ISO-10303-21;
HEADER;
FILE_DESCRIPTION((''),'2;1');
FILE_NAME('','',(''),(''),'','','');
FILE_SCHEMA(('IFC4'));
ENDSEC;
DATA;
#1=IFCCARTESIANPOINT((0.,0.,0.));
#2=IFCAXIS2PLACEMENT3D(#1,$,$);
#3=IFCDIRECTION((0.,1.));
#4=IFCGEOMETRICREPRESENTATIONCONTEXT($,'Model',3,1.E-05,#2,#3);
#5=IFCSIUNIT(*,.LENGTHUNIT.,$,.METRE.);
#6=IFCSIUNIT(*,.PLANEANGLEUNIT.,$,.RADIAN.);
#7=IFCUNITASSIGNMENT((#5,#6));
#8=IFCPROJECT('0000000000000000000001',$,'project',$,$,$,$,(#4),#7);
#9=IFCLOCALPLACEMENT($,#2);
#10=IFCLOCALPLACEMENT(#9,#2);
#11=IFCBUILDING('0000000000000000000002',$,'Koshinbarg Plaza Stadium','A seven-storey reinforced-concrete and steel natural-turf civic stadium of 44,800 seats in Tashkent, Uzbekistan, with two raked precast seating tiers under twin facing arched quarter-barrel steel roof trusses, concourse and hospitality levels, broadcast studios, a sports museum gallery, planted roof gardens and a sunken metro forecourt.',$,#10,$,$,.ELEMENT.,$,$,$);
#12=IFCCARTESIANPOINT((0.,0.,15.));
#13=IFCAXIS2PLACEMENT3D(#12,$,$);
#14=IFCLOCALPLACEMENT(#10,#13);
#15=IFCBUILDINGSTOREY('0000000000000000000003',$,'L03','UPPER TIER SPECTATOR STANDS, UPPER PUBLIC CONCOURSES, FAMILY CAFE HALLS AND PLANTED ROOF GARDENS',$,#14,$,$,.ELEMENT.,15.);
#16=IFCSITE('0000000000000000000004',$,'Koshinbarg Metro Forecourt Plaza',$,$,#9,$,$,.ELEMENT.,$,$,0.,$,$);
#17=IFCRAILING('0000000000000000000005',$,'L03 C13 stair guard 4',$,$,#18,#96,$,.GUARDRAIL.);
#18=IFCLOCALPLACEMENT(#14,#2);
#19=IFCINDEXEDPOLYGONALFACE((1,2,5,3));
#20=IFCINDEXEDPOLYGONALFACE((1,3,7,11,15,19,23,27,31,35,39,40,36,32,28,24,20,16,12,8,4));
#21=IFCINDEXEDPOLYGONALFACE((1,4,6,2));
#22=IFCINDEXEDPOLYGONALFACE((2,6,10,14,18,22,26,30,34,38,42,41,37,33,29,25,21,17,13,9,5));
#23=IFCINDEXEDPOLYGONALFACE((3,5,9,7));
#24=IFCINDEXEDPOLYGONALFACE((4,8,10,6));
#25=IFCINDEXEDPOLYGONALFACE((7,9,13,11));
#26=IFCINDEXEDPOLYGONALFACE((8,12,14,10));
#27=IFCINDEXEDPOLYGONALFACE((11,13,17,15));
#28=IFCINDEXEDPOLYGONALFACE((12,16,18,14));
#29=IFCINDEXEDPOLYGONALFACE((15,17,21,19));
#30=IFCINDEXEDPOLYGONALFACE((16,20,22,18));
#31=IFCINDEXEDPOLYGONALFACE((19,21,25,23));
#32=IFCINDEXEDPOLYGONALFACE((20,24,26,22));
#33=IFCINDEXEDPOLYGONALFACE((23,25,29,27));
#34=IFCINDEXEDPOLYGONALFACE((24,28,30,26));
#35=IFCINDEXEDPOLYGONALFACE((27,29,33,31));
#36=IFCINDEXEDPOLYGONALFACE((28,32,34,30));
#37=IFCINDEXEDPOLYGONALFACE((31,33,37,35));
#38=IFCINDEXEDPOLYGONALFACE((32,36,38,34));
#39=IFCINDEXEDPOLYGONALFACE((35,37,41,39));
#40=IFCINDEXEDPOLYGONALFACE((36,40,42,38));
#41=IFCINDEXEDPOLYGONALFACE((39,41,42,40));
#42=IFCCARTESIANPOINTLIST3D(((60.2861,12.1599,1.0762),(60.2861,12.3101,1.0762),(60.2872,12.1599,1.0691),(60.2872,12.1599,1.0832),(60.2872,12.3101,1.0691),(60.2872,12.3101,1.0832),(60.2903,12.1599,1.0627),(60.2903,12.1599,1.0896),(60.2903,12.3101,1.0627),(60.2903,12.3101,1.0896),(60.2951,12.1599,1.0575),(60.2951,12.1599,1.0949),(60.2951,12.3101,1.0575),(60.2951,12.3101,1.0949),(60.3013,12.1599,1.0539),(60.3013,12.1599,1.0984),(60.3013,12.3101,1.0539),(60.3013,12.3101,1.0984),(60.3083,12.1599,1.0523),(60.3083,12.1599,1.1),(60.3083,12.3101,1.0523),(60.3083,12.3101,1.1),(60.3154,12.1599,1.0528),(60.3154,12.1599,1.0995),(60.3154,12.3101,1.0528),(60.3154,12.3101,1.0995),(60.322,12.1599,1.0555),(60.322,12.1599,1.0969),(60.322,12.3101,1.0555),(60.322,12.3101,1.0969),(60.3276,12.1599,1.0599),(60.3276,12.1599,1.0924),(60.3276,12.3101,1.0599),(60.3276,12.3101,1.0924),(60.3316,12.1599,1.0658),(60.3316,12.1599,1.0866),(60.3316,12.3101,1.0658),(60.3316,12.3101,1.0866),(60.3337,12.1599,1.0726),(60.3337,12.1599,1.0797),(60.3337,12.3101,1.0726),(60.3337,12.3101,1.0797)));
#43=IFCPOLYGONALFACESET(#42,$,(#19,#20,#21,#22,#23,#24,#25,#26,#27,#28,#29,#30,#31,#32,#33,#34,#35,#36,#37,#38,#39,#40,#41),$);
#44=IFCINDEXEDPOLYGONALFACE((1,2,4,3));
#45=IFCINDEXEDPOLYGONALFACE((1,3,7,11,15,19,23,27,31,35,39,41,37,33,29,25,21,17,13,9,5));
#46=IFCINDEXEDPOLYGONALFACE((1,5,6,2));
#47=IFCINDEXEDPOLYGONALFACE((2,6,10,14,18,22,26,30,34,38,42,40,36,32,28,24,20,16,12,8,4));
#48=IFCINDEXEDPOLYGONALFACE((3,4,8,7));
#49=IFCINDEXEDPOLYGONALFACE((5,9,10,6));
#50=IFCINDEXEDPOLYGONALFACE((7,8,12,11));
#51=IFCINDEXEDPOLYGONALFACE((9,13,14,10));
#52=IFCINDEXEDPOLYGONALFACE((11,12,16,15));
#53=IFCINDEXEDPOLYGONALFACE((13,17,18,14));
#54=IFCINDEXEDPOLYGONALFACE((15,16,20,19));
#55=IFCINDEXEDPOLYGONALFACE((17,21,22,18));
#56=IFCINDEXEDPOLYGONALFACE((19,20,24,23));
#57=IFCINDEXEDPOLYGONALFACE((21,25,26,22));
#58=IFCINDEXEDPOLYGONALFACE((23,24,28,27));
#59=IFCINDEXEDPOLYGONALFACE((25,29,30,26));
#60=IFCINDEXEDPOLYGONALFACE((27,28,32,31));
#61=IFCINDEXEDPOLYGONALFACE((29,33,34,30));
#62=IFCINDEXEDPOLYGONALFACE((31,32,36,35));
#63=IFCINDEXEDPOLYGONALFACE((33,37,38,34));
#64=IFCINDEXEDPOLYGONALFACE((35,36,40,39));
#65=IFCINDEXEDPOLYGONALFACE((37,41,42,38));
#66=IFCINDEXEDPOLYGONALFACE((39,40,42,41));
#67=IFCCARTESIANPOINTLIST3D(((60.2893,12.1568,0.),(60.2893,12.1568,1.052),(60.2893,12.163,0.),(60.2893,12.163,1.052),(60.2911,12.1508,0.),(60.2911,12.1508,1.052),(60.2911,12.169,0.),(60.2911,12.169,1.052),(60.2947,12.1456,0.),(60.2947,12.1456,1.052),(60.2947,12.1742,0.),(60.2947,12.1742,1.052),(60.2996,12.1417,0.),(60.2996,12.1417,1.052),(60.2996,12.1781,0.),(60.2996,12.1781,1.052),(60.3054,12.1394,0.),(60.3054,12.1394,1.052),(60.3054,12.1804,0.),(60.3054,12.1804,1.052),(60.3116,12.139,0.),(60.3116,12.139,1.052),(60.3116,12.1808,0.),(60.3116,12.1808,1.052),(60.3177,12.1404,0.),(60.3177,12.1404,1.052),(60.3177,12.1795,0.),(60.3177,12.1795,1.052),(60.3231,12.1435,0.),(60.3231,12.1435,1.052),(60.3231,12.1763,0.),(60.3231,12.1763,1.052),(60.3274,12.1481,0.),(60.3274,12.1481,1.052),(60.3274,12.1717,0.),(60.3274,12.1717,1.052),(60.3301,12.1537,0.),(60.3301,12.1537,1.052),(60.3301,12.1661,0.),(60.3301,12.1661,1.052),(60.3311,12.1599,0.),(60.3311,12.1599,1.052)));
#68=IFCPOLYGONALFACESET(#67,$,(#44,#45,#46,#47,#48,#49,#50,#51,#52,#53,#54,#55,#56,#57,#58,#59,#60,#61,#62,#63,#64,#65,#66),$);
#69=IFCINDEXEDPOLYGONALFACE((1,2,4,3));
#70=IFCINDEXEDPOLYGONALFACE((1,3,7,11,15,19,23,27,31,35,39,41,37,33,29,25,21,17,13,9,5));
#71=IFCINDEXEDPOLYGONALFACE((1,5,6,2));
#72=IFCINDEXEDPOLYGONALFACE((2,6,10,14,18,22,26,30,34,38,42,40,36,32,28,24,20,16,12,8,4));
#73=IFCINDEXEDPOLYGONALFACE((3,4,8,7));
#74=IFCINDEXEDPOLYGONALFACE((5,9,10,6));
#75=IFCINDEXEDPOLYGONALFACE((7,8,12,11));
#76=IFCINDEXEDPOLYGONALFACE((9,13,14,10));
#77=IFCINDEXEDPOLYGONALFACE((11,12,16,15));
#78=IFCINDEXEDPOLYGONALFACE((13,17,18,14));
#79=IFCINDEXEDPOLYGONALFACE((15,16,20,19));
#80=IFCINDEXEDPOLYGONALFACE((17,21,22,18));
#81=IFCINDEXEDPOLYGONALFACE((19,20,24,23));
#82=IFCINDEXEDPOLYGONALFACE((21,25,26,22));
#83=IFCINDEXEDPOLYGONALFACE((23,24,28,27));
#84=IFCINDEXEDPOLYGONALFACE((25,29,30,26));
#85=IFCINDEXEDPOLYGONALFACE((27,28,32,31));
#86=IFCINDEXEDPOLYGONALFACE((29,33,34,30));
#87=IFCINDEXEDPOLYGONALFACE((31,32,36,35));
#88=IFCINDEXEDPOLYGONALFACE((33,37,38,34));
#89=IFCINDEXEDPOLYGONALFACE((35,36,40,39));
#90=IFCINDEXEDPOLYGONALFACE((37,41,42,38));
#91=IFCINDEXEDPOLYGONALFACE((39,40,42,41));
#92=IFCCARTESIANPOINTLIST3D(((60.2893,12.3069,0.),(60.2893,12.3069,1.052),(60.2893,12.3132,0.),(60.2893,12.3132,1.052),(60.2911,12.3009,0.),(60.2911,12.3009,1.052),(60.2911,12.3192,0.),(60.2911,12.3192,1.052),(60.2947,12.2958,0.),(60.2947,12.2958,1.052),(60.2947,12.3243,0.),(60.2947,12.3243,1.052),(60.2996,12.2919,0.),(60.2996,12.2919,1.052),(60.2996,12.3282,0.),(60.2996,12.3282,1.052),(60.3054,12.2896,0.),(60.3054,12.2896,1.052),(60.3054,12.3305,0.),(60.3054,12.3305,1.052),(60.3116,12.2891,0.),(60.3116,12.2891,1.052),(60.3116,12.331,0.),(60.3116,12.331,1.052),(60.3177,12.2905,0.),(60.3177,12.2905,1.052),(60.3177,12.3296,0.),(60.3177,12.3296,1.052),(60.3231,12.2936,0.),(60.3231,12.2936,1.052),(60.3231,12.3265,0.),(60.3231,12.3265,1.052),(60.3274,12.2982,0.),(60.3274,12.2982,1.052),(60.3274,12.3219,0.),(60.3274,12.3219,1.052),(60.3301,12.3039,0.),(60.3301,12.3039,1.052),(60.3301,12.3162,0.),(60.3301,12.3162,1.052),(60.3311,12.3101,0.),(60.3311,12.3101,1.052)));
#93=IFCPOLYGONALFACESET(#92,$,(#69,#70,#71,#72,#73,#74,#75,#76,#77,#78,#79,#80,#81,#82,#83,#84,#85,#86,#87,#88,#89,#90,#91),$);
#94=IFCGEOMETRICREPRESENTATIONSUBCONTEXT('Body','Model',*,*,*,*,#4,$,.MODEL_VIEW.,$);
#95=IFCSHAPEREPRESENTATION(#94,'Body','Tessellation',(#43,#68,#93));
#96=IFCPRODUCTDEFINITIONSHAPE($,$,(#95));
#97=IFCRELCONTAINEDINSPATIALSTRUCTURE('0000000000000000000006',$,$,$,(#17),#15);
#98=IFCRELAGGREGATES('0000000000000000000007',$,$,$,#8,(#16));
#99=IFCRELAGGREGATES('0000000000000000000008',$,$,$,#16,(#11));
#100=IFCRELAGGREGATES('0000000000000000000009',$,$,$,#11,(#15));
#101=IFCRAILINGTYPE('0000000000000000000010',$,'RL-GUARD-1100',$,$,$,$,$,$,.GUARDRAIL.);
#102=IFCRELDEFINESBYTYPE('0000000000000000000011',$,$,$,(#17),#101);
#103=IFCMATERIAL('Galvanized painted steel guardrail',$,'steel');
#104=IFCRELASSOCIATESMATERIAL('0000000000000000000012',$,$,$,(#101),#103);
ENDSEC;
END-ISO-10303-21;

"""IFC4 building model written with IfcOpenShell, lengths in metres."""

from ifc_helpers import new_model, si_unit, direction, frame, origin, origin_2d, place, context, subcontext, project, spatial, circle, extrude, material, type_object, element, save


model = new_model("IFC4")

# Units and contexts
model_context = context("Model", 3, precision=1e-05, world=origin(), true_north=direction((0.0, 1.0)))
body_context = subcontext(model_context, "Body", "Model", "MODEL_VIEW")
ifc_project = project(units=[si_unit("LENGTHUNIT", "METRE"), si_unit("PLANEANGLEUNIT", "RADIAN")], contexts=[model_context])

# Site, building, storey
site_placement = place(None, origin())
site = spatial("IfcSite", under=ifc_project, at=site_placement, Name="Koshinbarg Metro Forecourt Plaza", CompositionType="ELEMENT", RefElevation=0.0)
building_placement = place(site_placement, origin())
building = spatial("IfcBuilding", under=site, at=building_placement, Name="Koshinbarg Plaza Stadium", Description="A seven-storey reinforced-concrete and steel natural-turf civic stadium of 44,800 seats in Tashkent, Uzbekistan, with two raked precast seating tiers under twin facing arched quarter-barrel steel roof trusses, concourse and hospitality levels, broadcast studios, a sports museum gallery, planted roof gardens and a sunken metro forecourt.", CompositionType="ELEMENT")
storey_placement = place(building_placement, frame((0.0, 0.0, 15.0)))
storey = spatial("IfcBuildingStorey", under=building, at=storey_placement, Name="L03", Description="UPPER TIER SPECTATOR STANDS, UPPER PUBLIC CONCOURSES, FAMILY CAFE HALLS AND PLANTED ROOF GARDENS", CompositionType="ELEMENT", Elevation=15.0)

# Railing
ifc_material_1 = material(Name="Galvanized painted steel guardrail", Category="steel")
railing_type_1 = type_object("IfcRailingType", Name="RL-GUARD-1100", PredefinedType="GUARDRAIL", material=ifc_material_1)
railing_1_placement = place(storey_placement, frame((60.3101, 12.1599, 0.0)))
element("IfcRailing", 1, at=railing_1_placement, inside=storey, type_object=railing_type_1, Name="L03 C13 stair guard 4", PredefinedType="GUARDRAIL", context=body_context, shape_type="SweptSolid", body=[
    extrude(circle(Radius=0.0239, at=origin_2d()), frame((0.0, 0.0, 1.0762), z_axis=(0.0, 1.0, 0.0), x_axis=(-1.0, 0.0, 0.0)), (0.0, 0.0, 1.0), 0.1501),
    extrude(circle(Radius=0.021, at=origin_2d()), origin(), (0.0, 0.0, 1.0), 1.052),
    extrude(circle(Radius=0.021, at=origin_2d()), frame((0.0, 0.1501, 0.0)), (0.0, 0.0, 1.0), 1.052),
])

save(model, "model.ifc")
